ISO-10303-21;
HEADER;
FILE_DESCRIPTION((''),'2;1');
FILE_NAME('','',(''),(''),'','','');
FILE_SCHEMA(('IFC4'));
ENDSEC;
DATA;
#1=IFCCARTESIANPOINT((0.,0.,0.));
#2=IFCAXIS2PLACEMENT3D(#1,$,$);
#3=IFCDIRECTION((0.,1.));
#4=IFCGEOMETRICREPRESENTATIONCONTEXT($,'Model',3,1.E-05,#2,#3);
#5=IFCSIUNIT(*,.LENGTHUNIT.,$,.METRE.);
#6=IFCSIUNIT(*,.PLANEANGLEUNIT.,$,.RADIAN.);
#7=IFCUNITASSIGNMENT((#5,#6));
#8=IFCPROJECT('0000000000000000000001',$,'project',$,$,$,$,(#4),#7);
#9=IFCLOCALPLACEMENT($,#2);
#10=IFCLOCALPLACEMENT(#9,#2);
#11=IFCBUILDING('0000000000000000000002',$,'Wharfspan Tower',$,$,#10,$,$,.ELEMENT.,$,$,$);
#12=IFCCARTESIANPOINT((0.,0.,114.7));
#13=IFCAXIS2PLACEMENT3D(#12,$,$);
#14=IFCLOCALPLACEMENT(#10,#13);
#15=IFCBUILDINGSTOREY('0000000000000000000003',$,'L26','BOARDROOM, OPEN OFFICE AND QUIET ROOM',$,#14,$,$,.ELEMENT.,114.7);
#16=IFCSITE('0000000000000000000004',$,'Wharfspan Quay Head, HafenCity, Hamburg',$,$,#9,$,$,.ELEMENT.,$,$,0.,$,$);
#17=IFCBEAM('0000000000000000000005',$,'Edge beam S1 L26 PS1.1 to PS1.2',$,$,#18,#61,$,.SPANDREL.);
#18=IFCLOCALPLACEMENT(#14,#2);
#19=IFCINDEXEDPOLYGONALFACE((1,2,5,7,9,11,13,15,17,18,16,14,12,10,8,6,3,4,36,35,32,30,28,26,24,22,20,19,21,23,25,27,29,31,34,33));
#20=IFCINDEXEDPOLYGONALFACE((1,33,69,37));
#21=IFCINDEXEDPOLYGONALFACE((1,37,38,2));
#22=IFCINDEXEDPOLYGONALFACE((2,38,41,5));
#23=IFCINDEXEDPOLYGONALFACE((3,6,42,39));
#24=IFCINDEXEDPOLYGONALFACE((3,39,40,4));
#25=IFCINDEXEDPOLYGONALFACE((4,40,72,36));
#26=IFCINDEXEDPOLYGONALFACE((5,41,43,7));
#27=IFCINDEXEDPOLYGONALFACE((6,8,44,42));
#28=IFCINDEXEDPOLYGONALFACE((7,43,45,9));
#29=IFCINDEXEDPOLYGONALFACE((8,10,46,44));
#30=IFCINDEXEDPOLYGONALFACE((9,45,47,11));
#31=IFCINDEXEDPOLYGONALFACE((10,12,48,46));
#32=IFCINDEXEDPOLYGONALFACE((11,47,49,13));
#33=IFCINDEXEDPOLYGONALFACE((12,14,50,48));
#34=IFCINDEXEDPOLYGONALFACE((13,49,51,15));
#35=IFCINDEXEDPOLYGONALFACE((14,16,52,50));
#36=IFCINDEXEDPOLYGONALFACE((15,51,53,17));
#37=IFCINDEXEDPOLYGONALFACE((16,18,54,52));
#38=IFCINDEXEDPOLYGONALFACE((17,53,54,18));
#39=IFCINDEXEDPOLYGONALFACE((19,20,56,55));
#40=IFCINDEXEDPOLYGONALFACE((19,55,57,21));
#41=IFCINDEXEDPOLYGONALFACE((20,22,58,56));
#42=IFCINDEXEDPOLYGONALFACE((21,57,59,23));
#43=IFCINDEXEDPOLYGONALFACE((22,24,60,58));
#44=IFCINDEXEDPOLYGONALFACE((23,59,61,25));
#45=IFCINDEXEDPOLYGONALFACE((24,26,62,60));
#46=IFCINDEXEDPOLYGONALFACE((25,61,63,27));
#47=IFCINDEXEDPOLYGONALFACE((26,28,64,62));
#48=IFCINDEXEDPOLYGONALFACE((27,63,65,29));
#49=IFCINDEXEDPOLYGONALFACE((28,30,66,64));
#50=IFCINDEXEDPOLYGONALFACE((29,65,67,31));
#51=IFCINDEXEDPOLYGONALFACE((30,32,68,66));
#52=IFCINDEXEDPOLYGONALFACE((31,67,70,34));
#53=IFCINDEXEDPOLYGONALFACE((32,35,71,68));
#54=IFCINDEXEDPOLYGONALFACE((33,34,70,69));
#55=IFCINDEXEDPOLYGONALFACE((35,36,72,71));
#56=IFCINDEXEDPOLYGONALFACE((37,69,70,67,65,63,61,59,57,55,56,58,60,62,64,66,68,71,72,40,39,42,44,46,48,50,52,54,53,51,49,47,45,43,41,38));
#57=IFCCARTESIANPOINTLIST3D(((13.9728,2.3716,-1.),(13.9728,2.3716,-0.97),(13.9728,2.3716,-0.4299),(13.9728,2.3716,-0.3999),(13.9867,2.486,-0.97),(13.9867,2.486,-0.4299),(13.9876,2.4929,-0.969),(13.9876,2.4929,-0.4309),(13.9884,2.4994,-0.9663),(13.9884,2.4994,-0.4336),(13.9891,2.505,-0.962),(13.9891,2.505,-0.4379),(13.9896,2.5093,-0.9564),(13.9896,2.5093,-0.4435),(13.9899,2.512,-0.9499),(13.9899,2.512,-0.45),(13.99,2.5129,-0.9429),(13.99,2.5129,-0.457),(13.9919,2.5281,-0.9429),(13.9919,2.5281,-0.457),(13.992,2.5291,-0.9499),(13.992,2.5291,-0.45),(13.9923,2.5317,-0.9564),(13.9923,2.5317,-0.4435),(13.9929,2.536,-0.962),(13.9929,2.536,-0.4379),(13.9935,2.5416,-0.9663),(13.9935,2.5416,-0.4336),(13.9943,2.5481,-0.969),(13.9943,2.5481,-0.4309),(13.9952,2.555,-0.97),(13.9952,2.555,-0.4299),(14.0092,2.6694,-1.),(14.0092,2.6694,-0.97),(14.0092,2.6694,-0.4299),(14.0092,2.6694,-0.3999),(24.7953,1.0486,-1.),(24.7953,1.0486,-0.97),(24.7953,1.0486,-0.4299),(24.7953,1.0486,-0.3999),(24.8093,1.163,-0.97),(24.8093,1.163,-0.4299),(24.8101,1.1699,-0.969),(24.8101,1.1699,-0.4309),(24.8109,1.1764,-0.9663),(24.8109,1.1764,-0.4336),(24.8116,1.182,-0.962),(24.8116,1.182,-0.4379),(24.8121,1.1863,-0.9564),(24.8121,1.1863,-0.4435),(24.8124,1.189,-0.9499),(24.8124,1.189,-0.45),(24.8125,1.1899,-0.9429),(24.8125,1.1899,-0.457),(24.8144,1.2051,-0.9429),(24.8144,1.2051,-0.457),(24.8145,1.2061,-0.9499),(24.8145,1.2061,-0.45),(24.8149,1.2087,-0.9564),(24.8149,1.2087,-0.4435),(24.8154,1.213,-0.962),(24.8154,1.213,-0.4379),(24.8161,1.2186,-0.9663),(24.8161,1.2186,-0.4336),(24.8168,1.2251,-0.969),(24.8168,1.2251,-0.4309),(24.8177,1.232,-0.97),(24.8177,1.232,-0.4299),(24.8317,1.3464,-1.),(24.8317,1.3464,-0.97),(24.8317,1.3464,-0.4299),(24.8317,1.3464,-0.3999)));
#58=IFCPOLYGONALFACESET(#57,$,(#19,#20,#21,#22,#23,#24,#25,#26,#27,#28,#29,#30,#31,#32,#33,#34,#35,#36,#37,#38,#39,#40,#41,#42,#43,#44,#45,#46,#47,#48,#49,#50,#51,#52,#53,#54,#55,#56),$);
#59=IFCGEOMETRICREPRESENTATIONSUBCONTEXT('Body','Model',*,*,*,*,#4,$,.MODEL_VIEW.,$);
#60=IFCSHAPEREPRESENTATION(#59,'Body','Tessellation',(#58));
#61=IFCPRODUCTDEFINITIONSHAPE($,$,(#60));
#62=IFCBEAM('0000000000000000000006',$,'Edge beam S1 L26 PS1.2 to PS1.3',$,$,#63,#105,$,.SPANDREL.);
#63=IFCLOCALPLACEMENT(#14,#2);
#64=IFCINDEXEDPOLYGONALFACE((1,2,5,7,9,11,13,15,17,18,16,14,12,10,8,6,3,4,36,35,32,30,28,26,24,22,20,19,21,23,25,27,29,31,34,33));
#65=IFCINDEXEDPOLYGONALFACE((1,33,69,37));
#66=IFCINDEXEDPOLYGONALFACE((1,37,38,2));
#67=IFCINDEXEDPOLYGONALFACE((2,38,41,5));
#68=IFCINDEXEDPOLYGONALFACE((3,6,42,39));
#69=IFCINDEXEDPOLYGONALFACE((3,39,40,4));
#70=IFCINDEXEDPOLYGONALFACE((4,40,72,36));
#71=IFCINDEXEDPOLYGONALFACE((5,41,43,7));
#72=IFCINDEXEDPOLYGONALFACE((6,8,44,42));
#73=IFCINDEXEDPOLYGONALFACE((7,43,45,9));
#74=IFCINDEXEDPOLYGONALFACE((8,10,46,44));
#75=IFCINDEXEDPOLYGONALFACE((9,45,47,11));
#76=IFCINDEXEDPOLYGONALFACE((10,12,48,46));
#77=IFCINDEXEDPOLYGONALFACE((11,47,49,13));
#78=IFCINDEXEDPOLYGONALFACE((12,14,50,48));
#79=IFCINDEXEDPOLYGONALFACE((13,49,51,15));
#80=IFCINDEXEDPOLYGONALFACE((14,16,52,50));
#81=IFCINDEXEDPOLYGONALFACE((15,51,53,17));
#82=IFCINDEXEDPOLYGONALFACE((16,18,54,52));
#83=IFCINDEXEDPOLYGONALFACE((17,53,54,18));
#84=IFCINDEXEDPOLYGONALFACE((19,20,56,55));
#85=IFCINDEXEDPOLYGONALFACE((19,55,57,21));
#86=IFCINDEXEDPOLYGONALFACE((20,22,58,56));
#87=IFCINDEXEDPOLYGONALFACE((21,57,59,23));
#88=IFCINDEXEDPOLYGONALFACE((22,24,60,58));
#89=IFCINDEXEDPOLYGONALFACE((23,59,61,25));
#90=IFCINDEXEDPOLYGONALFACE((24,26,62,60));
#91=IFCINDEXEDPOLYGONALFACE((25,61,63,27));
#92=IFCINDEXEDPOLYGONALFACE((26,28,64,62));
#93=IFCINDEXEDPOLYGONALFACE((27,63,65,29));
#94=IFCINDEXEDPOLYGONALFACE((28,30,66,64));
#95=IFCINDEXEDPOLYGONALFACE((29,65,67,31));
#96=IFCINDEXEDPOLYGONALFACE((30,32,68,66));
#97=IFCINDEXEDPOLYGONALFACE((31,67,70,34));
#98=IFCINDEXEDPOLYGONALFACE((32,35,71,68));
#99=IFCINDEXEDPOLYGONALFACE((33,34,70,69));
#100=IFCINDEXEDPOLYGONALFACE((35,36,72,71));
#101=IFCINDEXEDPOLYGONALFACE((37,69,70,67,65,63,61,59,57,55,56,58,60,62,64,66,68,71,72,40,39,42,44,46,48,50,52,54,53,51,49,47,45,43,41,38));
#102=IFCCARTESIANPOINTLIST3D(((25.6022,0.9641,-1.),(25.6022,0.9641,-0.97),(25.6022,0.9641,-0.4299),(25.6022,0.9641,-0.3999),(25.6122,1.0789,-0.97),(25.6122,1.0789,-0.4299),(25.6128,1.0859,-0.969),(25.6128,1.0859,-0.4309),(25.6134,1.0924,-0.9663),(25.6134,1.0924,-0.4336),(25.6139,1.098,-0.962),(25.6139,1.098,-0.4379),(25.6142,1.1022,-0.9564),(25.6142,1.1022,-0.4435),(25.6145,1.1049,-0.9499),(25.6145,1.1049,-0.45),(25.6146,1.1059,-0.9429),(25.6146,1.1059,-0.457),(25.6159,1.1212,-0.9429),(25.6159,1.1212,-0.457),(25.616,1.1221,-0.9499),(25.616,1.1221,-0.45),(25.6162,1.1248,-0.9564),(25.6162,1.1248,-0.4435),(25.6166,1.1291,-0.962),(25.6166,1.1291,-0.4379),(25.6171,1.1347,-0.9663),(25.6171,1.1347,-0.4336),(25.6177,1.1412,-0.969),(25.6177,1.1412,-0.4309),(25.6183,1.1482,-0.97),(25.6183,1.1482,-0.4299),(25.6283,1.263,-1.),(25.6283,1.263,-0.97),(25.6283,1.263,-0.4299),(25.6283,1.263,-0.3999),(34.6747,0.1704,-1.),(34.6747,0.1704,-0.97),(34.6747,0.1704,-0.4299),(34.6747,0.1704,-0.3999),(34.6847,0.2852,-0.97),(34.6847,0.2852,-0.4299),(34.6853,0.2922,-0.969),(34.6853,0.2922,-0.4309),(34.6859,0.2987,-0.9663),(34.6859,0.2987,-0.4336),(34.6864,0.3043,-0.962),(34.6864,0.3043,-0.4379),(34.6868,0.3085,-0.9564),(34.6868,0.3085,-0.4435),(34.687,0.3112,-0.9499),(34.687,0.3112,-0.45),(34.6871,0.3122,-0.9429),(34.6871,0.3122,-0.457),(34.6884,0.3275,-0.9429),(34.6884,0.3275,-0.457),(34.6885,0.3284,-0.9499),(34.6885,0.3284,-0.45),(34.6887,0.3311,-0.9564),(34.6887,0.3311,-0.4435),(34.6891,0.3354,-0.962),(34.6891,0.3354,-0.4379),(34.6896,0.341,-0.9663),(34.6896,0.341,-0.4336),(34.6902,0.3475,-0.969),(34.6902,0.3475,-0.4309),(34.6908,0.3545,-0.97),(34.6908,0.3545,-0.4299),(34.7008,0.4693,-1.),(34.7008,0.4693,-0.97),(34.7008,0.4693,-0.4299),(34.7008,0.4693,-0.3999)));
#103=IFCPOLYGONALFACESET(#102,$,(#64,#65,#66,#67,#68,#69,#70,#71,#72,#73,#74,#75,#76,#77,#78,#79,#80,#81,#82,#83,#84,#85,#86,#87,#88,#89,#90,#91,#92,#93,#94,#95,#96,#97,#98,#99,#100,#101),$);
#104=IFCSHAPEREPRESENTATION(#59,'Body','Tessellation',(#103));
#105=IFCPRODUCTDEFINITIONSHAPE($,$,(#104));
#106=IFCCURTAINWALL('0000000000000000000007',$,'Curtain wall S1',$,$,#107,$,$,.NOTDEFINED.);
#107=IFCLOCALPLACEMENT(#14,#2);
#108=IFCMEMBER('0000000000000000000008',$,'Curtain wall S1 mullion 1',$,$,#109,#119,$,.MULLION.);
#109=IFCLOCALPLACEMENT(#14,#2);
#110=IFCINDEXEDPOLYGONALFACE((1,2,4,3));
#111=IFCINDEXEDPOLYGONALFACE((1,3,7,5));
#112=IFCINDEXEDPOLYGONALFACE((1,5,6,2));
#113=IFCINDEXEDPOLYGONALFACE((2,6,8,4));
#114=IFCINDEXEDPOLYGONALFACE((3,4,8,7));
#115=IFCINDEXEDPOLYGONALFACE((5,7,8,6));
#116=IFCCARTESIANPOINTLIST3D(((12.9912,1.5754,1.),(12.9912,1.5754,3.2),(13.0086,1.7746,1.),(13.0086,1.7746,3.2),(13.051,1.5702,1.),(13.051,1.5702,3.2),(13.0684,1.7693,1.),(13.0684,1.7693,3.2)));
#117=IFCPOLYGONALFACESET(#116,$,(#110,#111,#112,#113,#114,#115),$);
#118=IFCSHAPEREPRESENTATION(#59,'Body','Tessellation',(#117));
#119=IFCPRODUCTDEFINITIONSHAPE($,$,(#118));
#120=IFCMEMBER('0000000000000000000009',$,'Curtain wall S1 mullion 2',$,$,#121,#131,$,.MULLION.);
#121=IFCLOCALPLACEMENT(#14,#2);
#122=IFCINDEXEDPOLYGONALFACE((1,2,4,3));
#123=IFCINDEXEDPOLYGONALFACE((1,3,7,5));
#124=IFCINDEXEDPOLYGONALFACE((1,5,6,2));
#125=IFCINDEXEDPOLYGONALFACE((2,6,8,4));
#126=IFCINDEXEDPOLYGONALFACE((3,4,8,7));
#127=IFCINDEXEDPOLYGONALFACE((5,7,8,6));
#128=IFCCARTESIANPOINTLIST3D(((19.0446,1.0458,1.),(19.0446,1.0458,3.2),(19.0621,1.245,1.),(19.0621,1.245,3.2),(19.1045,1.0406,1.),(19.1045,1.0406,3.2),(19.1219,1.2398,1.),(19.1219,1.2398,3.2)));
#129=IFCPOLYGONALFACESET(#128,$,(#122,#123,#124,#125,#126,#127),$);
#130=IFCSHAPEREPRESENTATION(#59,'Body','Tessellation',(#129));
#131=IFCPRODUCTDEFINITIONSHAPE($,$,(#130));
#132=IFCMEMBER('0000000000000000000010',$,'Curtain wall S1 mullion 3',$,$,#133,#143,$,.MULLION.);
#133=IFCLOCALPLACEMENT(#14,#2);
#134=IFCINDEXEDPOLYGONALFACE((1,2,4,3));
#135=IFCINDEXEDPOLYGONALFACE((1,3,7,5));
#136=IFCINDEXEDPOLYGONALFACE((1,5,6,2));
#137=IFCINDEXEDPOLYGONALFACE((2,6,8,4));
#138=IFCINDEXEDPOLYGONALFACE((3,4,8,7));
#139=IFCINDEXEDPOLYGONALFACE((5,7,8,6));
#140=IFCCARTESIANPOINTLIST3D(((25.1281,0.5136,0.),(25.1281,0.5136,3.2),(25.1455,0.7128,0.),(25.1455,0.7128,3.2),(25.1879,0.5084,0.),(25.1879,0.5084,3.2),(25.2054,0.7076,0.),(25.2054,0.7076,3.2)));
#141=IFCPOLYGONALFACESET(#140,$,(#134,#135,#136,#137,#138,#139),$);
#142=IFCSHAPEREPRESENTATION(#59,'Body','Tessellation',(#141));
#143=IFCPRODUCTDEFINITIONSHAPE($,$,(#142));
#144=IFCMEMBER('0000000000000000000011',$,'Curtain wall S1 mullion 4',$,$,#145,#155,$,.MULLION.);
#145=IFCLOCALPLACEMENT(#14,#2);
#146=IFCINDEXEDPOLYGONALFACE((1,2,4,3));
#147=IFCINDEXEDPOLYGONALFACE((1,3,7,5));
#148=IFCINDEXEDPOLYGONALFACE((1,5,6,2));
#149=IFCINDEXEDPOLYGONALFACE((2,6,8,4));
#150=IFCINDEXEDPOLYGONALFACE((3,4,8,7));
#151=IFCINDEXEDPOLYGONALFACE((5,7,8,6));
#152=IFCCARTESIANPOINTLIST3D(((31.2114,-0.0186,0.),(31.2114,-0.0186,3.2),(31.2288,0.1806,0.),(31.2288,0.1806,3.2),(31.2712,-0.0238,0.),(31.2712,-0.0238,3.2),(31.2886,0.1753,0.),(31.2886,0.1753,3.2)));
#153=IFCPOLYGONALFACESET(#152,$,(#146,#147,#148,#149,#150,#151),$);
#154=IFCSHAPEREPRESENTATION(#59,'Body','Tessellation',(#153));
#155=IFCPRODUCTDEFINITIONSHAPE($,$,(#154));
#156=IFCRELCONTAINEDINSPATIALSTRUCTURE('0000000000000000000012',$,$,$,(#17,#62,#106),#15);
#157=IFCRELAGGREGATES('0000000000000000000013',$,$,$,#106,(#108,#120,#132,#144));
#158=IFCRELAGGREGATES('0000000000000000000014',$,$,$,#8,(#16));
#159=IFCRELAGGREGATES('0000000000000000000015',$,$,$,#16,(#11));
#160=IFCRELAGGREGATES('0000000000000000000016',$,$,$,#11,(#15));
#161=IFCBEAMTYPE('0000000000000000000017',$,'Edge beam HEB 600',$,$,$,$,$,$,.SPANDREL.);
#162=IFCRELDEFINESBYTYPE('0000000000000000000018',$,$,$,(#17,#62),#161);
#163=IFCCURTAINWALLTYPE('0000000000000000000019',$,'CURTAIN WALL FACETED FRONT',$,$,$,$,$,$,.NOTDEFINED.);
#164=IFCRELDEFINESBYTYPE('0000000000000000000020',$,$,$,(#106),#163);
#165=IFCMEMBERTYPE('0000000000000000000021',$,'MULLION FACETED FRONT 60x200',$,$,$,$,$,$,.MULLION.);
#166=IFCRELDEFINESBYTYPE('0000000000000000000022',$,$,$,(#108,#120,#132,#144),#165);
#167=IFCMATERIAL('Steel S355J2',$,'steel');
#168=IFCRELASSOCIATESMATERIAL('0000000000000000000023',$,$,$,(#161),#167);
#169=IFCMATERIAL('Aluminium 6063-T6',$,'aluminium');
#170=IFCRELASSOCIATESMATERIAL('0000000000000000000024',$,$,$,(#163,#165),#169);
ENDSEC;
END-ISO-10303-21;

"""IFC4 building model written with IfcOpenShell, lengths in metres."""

from ifc_helpers import new_model, si_unit, direction, frame, origin, origin_2d, place, context, subcontext, project, spatial, rectangle, i_section, extrude, material, material_profile, profile_set, type_object, element, aggregate, save


model = new_model("IFC4")

# Units and contexts
model_context = context("Model", 3, precision=1e-05, world=origin(), true_north=direction((0.0, 1.0)))
body_context = subcontext(model_context, "Body", "Model", "MODEL_VIEW")
ifc_project = project(units=[si_unit("LENGTHUNIT", "METRE"), si_unit("PLANEANGLEUNIT", "RADIAN")], contexts=[model_context])

# Site, building, storey
site_placement = place(None, origin())
site = spatial("IfcSite", under=ifc_project, at=site_placement, Name="Wharfspan Quay Head, HafenCity, Hamburg", CompositionType="ELEMENT", RefElevation=0.0)
building_placement = place(site_placement, origin())
building = spatial("IfcBuilding", under=site, at=building_placement, Name="Wharfspan Tower", CompositionType="ELEMENT")
storey_placement = place(building_placement, frame((0.0, 0.0, 114.7)))
storey = spatial("IfcBuildingStorey", under=building, at=storey_placement, Name="L26", Description="BOARDROOM, OPEN OFFICE AND QUIET ROOM", CompositionType="ELEMENT", Elevation=114.7)

# Shared definitions
ifc_material_1 = material(Name="Steel S355J2", Category="steel")

# Beams
ifc_material_profile_1 = material_profile(ifc_material_1, i_section(OverallWidth=0.3, OverallDepth=0.6001, WebThickness=0.0154, FlangeThickness=0.03, FilletRadius=0.0271, at=origin_2d()))
ifc_profile_set_1 = profile_set([ifc_material_profile_1], Name="Steel S355J2")
beam_type = type_object("IfcBeamType", Name="Edge beam HEB 600", PredefinedType="SPANDREL", material=ifc_profile_set_1)
beam_1_placement = place(storey_placement, frame((13.991, 2.5205, -0.7), z_axis=(0.992611, -0.121342, 0.0), x_axis=(0.121342, 0.992611, 0.0)))
element("IfcBeam", 1, at=beam_1_placement, inside=storey, type_object=beam_type, Name="Edge beam S1 L26 PS1.1 to PS1.2", PredefinedType="SPANDREL", context=body_context, shape_type="SweptSolid", body=[
    extrude(i_section(OverallWidth=0.3, OverallDepth=0.6001, WebThickness=0.0154, FlangeThickness=0.03, FilletRadius=0.0271, at=origin_2d()), origin(), (0.0, 0.0, 1.0), 10.9031),
])
beam_2_placement = place(storey_placement, frame((25.6152, 1.1135, -0.7), z_axis=(0.996195, -0.087151, 0.0), x_axis=(0.087151, 0.996195, 0.0)))
element("IfcBeam", 2, at=beam_2_placement, inside=storey, type_object=beam_type, Name="Edge beam S1 L26 PS1.2 to PS1.3", PredefinedType="SPANDREL", context=body_context, shape_type="SweptSolid", body=[
    extrude(i_section(OverallWidth=0.3, OverallDepth=0.6001, WebThickness=0.0154, FlangeThickness=0.03, FilletRadius=0.0271, at=origin_2d()), origin(), (0.0, 0.0, 1.0), 9.1072),
])

# Curtain wall, members
ifc_material_2 = material(Name="Aluminium 6063-T6", Category="aluminium")
curtain_wall_type_1 = type_object("IfcCurtainWallType", Name="CURTAIN WALL FACETED FRONT", PredefinedType="NOTDEFINED", material=ifc_material_2)
curtain_wall_1_placement = place(storey_placement, origin())
curtain_wall_1 = element("IfcCurtainWall", 3, at=curtain_wall_1_placement, inside=storey, type_object=curtain_wall_type_1, Name="Curtain wall S1", PredefinedType="NOTDEFINED")
ifc_material_profile_2 = material_profile(ifc_material_2, rectangle(XDim=0.2, YDim=0.0601, at=origin_2d()))
ifc_profile_set_2 = profile_set([ifc_material_profile_2], Name="Aluminium 6063-T6")
member_type_1 = type_object("IfcMemberType", Name="MULLION FACETED FRONT 60x200", PredefinedType="MULLION", material=ifc_profile_set_2)
member_1_placement = place(storey_placement, frame((13.0298, 1.6724, 1.0), z_axis=(0.0, 0.0, 1.0), x_axis=(0.087156, 0.996198, 0.0)))
member_1 = element("IfcMember", 4, at=member_1_placement, type_object=member_type_1, Name="Curtain wall S1 mullion 1", PredefinedType="MULLION", context=body_context, shape_type="SweptSolid", body=[
    extrude(rectangle(XDim=0.2, YDim=0.0601, at=origin_2d()), origin(), (0.0, 0.0, 1.0), 2.2),
])
member_2_placement = place(storey_placement, frame((19.0833, 1.1428, 1.0), z_axis=(0.0, 0.0, 1.0), x_axis=(0.087156, 0.996198, 0.0)))
member_2 = element("IfcMember", 5, at=member_2_placement, type_object=member_type_1, Name="Curtain wall S1 mullion 2", PredefinedType="MULLION", context=body_context, shape_type="SweptSolid", body=[
    extrude(rectangle(XDim=0.2, YDim=0.0601, at=origin_2d()), origin(), (0.0, 0.0, 1.0), 2.2),
])
member_3_placement = place(storey_placement, frame((25.1667, 0.6106, 0.0), z_axis=(0.0, 0.0, 1.0), x_axis=(0.087156, 0.996198, 0.0)))
member_3 = element("IfcMember", 6, at=member_3_placement, type_object=member_type_1, Name="Curtain wall S1 mullion 3", PredefinedType="MULLION", context=body_context, shape_type="SweptSolid", body=[
    extrude(rectangle(XDim=0.2, YDim=0.0601, at=origin_2d()), origin(), (0.0, 0.0, 1.0), 3.2),
])
member_4_placement = place(storey_placement, frame((31.25, 0.0784, 0.0), z_axis=(0.0, 0.0, 1.0), x_axis=(0.087156, 0.996198, 0.0)))
member_4 = element("IfcMember", 7, at=member_4_placement, type_object=member_type_1, Name="Curtain wall S1 mullion 4", PredefinedType="MULLION", context=body_context, shape_type="SweptSolid", body=[
    extrude(rectangle(XDim=0.2, YDim=0.0601, at=origin_2d()), origin(), (0.0, 0.0, 1.0), 3.2),
])

aggregate(curtain_wall_1, [member_1, member_2, member_3, member_4])

save(model, "model.ifc")
